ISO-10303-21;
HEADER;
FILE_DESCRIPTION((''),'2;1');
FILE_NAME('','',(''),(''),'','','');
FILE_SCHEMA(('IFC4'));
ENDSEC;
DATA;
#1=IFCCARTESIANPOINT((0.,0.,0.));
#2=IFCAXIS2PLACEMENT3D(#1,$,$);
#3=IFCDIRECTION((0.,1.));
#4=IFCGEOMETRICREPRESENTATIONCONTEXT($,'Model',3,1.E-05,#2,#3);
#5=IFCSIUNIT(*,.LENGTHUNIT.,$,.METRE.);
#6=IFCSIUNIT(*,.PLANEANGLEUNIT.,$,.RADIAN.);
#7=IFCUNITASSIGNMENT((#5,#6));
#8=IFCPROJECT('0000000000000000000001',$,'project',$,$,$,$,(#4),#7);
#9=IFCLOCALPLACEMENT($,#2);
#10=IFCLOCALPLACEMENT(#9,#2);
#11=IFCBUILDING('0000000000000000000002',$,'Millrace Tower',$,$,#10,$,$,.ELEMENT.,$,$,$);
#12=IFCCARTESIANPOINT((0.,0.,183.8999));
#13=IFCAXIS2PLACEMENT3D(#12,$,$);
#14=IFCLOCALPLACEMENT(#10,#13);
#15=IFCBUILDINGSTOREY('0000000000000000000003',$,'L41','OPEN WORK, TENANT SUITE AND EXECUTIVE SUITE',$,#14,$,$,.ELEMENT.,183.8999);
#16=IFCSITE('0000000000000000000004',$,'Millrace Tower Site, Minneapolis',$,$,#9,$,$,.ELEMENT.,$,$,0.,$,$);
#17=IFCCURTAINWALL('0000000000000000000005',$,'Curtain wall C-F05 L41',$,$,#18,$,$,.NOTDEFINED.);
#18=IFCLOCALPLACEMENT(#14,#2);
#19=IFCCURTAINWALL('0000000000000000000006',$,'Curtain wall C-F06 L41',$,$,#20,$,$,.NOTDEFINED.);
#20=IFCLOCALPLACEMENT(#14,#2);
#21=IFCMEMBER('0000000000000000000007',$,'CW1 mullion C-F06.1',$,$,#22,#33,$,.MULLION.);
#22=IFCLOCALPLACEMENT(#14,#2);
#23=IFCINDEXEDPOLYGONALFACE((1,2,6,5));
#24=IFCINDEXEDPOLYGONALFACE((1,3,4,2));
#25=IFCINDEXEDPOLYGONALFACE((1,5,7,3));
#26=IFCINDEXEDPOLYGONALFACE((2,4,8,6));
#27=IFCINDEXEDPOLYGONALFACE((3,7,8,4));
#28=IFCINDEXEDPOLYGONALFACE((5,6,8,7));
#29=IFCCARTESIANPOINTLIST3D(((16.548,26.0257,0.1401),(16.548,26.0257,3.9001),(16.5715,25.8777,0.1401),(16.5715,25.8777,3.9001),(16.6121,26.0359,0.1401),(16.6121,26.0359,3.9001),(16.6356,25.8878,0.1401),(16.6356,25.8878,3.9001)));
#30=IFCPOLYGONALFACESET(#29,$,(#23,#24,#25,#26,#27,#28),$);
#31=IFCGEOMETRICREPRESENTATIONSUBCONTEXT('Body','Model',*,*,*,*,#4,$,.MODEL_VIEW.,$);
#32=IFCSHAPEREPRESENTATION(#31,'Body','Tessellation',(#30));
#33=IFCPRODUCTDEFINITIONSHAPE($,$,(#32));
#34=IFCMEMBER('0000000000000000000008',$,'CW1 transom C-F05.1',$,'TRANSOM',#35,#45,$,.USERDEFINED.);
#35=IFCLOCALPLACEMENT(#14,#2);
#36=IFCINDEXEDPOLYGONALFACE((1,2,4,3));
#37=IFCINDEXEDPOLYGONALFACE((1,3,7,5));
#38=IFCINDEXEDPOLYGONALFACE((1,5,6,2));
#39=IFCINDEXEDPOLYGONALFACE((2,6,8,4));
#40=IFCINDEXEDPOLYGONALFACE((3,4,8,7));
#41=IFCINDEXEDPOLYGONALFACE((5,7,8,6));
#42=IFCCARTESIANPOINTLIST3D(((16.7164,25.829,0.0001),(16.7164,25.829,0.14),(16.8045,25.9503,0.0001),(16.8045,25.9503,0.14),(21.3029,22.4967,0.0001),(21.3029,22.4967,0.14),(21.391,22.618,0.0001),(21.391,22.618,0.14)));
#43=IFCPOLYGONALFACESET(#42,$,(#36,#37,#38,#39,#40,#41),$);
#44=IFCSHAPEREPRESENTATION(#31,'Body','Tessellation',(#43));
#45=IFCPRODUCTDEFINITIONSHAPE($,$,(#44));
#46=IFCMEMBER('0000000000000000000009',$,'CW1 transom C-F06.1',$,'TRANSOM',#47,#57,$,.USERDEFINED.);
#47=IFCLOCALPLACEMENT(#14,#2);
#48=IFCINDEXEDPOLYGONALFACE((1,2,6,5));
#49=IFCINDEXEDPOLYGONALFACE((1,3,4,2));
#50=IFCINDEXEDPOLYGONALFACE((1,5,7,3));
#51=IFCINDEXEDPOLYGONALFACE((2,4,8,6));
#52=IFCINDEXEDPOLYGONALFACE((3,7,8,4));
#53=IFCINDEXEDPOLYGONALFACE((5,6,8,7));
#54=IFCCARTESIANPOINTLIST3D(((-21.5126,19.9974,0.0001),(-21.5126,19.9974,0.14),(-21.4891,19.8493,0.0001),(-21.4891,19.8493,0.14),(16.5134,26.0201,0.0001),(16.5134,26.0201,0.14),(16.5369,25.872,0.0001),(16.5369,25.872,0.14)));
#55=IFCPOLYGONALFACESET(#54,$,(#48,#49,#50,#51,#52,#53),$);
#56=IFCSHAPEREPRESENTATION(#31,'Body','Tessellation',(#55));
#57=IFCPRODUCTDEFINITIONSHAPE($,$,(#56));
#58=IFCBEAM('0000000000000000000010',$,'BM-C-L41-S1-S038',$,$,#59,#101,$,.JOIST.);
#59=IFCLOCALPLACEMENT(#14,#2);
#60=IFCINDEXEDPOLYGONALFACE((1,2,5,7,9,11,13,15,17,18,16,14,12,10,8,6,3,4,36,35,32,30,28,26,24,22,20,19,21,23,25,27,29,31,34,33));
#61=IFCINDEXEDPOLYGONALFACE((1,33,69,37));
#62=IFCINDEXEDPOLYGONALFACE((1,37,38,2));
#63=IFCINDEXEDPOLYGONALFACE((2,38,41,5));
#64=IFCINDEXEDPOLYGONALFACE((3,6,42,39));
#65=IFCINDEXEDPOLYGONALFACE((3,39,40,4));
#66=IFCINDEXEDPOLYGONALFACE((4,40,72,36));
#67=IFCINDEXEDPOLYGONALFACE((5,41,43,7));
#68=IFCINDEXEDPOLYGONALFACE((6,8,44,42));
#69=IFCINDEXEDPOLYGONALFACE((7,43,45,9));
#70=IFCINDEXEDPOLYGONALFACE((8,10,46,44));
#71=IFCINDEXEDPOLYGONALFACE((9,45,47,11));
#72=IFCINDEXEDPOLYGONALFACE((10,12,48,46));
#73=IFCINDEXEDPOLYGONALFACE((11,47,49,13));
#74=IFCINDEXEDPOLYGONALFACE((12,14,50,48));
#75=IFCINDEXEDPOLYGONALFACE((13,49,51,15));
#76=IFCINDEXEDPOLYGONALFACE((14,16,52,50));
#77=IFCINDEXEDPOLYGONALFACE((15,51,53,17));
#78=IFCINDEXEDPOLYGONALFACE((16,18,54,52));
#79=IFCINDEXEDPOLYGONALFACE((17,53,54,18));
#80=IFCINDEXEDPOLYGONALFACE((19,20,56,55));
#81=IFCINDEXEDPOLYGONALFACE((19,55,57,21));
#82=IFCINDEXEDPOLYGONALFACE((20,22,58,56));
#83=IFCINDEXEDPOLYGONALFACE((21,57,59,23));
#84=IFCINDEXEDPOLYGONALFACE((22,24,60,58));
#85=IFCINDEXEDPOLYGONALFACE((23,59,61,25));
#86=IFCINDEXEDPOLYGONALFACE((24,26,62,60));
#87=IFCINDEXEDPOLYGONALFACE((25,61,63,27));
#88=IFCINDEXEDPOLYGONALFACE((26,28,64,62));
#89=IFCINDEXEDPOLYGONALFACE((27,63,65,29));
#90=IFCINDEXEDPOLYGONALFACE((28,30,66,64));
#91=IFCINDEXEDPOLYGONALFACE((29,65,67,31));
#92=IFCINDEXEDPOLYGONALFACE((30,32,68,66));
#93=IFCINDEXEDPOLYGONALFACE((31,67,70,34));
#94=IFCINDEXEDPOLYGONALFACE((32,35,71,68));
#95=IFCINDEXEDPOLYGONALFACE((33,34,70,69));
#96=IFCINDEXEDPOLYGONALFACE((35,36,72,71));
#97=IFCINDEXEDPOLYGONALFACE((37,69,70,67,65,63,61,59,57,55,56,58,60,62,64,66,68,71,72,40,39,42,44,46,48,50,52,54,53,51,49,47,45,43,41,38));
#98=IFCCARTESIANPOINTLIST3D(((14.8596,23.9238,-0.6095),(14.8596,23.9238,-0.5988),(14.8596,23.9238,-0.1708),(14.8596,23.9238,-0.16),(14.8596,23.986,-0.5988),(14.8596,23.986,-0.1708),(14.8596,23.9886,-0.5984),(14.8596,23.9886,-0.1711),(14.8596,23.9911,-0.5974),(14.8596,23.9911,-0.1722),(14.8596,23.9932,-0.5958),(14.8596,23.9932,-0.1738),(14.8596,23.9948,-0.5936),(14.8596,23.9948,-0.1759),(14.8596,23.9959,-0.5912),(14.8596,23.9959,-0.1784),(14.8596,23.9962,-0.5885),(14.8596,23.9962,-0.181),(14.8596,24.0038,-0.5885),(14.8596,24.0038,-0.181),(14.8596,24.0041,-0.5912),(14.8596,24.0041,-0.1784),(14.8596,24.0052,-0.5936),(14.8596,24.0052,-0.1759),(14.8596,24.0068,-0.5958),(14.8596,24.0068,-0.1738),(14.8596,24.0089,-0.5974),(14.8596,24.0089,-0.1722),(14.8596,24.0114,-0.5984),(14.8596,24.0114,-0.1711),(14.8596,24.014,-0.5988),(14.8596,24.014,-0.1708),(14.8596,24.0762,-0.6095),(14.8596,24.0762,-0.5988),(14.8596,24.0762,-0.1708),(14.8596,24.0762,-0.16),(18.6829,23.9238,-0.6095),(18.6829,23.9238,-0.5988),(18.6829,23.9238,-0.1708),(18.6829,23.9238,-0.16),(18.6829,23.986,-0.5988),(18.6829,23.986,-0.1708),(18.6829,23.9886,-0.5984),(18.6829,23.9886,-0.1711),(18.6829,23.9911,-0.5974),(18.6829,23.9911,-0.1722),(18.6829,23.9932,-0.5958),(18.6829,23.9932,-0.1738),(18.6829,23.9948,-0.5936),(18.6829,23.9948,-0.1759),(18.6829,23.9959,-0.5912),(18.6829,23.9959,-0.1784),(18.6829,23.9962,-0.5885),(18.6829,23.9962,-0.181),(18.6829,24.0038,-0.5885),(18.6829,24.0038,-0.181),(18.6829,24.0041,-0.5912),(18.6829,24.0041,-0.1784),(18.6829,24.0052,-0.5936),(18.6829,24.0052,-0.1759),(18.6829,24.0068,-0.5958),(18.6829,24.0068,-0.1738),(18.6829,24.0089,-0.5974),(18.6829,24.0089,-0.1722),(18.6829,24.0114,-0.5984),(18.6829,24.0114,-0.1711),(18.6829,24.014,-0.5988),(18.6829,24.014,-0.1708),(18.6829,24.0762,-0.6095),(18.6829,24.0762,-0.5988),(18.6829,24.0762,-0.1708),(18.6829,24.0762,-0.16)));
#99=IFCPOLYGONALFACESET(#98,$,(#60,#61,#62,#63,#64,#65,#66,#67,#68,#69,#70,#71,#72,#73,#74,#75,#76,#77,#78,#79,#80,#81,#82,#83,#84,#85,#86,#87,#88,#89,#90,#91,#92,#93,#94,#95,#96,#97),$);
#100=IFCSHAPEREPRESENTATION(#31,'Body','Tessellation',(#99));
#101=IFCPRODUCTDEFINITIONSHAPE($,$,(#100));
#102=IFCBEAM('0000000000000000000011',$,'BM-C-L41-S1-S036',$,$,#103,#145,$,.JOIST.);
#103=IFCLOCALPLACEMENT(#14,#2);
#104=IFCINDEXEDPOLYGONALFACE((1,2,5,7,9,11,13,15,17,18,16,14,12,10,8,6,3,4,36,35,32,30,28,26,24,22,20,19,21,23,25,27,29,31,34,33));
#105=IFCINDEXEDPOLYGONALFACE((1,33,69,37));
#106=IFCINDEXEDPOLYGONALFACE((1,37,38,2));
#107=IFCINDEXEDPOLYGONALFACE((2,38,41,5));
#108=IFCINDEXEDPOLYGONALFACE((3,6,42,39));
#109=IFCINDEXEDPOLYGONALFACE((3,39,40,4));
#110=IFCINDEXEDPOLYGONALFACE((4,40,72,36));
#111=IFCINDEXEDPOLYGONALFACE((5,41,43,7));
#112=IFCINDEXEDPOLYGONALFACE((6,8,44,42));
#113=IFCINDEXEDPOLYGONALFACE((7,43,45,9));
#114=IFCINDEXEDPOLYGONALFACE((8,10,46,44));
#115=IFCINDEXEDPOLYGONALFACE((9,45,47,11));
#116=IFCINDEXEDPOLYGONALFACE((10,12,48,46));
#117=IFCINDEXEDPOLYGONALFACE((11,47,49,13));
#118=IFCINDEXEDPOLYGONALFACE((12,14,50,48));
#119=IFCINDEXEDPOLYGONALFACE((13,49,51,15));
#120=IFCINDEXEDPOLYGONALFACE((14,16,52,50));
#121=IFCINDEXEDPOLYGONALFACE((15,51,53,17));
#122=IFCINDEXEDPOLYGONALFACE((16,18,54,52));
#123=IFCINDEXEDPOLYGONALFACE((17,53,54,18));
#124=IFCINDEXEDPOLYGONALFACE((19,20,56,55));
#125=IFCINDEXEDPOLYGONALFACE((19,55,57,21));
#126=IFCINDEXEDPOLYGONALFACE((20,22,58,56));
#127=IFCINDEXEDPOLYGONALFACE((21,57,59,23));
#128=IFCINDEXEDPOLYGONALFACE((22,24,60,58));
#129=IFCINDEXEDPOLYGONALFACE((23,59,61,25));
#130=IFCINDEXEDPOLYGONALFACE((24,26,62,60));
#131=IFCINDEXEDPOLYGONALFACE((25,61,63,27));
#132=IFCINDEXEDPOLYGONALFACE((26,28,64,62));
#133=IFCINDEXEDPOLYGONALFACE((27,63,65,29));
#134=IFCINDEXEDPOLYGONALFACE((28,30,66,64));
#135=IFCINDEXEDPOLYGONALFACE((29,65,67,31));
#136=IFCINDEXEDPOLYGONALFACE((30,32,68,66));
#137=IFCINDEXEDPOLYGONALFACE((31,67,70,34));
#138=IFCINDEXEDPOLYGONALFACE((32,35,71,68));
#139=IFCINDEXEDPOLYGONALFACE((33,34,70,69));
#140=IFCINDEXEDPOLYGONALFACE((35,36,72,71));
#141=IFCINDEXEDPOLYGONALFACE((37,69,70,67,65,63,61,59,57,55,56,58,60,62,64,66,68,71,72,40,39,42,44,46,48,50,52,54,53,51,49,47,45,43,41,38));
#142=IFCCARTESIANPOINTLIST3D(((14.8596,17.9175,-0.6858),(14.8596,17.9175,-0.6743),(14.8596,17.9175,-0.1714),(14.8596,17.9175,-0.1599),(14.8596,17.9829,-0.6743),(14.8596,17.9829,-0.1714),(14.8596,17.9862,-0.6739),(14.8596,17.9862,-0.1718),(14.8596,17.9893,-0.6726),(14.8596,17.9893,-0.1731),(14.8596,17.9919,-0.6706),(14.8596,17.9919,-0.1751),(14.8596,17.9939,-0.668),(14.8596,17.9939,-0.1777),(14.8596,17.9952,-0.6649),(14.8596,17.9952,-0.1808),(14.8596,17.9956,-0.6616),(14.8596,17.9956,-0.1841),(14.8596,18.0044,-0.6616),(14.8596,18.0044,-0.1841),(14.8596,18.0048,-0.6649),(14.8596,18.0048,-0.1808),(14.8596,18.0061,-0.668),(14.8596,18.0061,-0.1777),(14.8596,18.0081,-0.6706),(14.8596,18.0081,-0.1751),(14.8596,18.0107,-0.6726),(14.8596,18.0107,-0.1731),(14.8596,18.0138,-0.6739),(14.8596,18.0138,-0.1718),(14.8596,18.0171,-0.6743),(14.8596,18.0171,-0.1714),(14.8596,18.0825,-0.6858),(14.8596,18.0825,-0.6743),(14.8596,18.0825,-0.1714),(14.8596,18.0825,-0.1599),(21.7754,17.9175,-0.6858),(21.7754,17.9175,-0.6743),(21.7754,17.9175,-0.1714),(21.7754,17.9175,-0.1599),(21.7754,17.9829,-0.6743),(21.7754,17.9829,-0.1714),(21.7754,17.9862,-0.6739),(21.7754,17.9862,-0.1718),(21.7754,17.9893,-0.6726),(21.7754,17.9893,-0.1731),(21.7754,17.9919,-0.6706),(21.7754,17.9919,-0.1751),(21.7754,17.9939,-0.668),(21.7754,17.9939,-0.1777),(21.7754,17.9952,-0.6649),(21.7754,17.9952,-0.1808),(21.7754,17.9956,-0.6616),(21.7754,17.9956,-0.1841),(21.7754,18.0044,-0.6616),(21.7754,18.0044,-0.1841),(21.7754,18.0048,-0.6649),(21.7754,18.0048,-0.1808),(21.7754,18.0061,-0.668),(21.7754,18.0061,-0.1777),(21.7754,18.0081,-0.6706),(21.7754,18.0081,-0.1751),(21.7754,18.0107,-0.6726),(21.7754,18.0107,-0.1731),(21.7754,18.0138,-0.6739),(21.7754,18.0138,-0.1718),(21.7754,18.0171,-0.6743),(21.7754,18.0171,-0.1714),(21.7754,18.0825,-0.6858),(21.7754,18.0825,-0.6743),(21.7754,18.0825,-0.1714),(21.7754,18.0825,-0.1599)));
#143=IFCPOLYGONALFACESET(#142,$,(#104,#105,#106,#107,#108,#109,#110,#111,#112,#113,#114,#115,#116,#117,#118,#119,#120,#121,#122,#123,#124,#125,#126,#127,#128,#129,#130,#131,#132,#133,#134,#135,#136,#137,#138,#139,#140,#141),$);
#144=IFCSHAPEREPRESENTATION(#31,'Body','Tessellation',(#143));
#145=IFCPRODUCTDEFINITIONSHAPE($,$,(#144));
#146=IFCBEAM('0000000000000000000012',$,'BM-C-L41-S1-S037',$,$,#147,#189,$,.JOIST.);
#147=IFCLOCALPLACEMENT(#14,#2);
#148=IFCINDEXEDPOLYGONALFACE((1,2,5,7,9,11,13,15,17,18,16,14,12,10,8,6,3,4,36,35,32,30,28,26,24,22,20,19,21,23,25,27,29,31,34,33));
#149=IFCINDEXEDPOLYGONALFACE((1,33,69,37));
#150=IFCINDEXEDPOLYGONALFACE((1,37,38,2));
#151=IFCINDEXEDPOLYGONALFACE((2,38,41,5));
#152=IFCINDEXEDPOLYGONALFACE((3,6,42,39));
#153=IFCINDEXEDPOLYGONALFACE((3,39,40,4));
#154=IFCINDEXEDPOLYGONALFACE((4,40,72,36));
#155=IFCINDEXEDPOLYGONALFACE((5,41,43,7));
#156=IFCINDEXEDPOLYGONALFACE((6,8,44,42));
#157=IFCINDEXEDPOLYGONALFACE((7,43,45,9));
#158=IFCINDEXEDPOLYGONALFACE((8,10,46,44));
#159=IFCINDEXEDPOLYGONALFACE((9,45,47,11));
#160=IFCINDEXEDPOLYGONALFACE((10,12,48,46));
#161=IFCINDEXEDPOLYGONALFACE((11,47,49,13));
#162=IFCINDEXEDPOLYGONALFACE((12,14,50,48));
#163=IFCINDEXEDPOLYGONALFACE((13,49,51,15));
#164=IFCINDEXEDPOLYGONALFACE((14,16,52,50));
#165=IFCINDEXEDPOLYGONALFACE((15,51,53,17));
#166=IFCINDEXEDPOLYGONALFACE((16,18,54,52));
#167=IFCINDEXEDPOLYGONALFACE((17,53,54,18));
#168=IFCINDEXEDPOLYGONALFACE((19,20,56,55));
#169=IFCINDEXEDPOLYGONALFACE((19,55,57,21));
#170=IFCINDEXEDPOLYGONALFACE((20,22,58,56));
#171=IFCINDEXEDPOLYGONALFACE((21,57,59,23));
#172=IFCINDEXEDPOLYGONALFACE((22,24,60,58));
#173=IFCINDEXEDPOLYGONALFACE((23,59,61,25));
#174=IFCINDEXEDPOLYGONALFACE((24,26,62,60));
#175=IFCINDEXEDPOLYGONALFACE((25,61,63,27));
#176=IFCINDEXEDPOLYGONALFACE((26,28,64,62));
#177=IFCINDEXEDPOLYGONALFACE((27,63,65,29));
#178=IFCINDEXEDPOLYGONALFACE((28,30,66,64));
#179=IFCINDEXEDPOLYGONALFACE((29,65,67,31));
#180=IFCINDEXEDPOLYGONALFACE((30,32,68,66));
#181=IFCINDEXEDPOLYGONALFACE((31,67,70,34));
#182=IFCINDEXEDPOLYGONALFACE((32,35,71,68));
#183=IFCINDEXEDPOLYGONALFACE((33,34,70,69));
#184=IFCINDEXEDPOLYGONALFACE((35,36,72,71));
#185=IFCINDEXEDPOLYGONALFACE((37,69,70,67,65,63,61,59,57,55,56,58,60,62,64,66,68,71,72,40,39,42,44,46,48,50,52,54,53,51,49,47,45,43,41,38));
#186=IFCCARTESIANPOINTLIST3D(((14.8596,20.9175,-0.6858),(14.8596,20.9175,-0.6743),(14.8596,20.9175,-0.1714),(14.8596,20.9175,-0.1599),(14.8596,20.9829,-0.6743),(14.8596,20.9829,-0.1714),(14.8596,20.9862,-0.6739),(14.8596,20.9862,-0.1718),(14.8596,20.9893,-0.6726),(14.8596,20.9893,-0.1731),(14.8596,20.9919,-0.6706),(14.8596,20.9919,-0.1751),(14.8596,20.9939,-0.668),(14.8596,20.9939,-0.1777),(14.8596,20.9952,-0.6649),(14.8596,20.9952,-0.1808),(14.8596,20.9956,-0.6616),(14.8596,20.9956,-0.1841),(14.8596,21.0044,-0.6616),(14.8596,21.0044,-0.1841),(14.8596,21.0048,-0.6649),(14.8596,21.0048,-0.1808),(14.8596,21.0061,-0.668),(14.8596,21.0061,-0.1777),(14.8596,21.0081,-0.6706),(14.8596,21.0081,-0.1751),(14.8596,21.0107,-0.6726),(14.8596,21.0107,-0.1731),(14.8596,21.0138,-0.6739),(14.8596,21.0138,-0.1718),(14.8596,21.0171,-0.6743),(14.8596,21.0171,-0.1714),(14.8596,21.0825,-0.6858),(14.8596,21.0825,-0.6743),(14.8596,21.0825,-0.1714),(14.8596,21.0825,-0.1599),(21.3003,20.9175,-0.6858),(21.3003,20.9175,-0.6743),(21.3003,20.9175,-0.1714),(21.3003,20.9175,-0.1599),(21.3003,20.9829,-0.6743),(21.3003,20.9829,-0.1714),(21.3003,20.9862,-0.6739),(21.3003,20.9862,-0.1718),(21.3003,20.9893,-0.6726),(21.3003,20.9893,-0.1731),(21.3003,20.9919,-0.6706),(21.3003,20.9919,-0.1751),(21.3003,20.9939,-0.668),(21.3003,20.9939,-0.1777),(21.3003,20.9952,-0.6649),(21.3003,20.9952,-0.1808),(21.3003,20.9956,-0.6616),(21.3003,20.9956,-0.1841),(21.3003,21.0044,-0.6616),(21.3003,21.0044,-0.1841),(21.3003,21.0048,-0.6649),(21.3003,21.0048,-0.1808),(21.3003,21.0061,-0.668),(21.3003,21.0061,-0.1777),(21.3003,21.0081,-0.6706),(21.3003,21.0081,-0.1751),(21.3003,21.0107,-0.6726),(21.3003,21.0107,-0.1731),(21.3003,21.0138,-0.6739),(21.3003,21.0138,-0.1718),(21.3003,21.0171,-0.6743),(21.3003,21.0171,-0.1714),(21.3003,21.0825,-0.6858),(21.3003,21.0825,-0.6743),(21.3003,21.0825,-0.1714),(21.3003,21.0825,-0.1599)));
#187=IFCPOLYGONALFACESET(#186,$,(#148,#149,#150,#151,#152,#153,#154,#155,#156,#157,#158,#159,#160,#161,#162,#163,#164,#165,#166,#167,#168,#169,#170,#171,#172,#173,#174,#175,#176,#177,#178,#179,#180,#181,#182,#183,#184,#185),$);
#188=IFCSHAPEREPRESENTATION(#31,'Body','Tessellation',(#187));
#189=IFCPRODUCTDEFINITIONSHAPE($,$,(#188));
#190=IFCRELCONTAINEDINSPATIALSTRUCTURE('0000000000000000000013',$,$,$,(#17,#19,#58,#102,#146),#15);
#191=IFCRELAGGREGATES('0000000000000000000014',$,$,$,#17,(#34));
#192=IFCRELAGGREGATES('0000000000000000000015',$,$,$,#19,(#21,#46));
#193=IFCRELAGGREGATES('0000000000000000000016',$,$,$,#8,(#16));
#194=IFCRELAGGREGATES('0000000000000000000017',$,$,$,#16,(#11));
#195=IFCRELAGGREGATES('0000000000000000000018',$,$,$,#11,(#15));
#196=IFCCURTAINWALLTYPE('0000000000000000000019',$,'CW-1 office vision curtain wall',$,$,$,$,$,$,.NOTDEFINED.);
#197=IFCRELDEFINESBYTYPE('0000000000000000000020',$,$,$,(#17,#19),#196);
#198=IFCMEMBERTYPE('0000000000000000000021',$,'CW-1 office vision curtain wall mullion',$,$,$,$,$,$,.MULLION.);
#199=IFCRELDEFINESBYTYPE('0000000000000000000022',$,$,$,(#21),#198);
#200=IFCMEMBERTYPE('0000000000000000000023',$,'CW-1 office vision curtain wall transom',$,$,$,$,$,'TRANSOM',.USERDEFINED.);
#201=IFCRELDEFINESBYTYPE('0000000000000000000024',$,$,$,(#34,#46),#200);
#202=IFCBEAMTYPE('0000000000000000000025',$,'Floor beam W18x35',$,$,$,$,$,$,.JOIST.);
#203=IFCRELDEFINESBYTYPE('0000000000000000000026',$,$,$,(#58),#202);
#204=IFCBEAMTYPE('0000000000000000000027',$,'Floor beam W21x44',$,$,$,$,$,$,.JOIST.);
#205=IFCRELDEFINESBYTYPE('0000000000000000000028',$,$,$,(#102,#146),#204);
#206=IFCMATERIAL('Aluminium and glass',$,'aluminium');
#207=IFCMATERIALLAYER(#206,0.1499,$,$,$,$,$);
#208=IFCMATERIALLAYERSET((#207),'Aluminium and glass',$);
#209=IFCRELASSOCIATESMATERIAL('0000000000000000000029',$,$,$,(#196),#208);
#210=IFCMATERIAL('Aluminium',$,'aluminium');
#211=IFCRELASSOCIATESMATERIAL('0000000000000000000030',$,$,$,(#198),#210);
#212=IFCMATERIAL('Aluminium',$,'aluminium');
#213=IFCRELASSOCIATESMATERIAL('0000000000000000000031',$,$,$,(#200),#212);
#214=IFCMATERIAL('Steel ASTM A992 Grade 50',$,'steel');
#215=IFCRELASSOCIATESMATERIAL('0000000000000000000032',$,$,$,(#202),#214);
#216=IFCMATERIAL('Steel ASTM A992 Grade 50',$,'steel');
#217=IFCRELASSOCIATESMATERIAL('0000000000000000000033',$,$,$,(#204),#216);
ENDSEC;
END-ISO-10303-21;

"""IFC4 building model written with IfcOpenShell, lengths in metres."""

from ifc_helpers import new_model, si_unit, direction, frame, origin, origin_2d, place, context, subcontext, project, spatial, rectangle, i_section, extrude, material, layer, layer_set, material_profile, profile_set, type_object, element, aggregate, save


model = new_model("IFC4")

# Units and contexts
model_context = context("Model", 3, precision=1e-05, world=origin(), true_north=direction((0.0, 1.0)))
body_context = subcontext(model_context, "Body", "Model", "MODEL_VIEW")
ifc_project = project(units=[si_unit("LENGTHUNIT", "METRE"), si_unit("PLANEANGLEUNIT", "RADIAN")], contexts=[model_context])

# Site, building, storey
site_placement = place(None, origin())
site = spatial("IfcSite", under=ifc_project, at=site_placement, Name="Millrace Tower Site, Minneapolis", CompositionType="ELEMENT", RefElevation=0.0)
building_placement = place(site_placement, origin())
building = spatial("IfcBuilding", under=site, at=building_placement, Name="Millrace Tower", CompositionType="ELEMENT")
storey_placement = place(building_placement, frame((0.0, 0.0, 183.8999)))
storey = spatial("IfcBuildingStorey", under=building, at=storey_placement, Name="L41", Description="OPEN WORK, TENANT SUITE AND EXECUTIVE SUITE", CompositionType="ELEMENT", Elevation=183.8999)

# Shared definitions
ifc_material_1 = material(Name="Aluminium and glass", Category="aluminium")
ifc_layer_1 = layer(ifc_material_1, 0.1499)
ifc_layer_set_1 = layer_set([ifc_layer_1], Name="Aluminium and glass")
curtain_wall_type = type_object("IfcCurtainWallType", Name="CW-1 office vision curtain wall", PredefinedType="NOTDEFINED", material=ifc_layer_set_1)
placement = place(storey_placement, origin())
ifc_material_2 = material(Name="Aluminium", Category="aluminium")
ifc_material_profile_1 = material_profile(ifc_material_2, rectangle(XDim=0.0649, YDim=0.1499, at=origin_2d()))
ifc_profile_set_1 = profile_set([ifc_material_profile_1], Name="Aluminium")
member_type_1 = type_object("IfcMemberType", Name="CW-1 office vision curtain wall mullion", PredefinedType="MULLION", material=ifc_profile_set_1)

# Curtain walls, member
curtain_wall_1 = element("IfcCurtainWall", 1, at=placement, inside=storey, type_object=curtain_wall_type, Name="Curtain wall C-F05 L41", PredefinedType="NOTDEFINED")
curtain_wall_2 = element("IfcCurtainWall", 2, at=placement, inside=storey, type_object=curtain_wall_type, Name="Curtain wall C-F06 L41", PredefinedType="NOTDEFINED")
member_1_placement = place(storey_placement, frame((16.5918, 25.9568, 0.1401), z_axis=(0.0, 0.0, 1.0), x_axis=(-0.987688, -0.156434, 0.0)))
member_1 = element("IfcMember", 3, at=member_1_placement, type_object=member_type_1, Name="CW1 mullion C-F06.1", PredefinedType="MULLION", context=body_context, shape_type="SweptSolid", body=[
    extrude(rectangle(XDim=0.0649, YDim=0.1499, at=origin_2d()), origin(), (0.0, 0.0, 1.0), 3.76),
])

# Members
ifc_material_3 = material(Name="Aluminium", Category="aluminium")
ifc_material_profile_2 = material_profile(ifc_material_3, rectangle(XDim=0.1499, YDim=0.1399, at=origin_2d()))
ifc_profile_set_2 = profile_set([ifc_material_profile_2], Name="Aluminium")
member_type_2 = type_object("IfcMemberType", Name="CW-1 office vision curtain wall transom", ElementType="TRANSOM", PredefinedType="USERDEFINED", material=ifc_profile_set_2)
member_2_placement = place(storey_placement, frame((21.3469, 22.5574, 0.0701), z_axis=(-0.809013, 0.58779, 0.0), x_axis=(-0.58779, -0.809013, 0.0)))
member_2 = element("IfcMember", 4, at=member_2_placement, type_object=member_type_2, Name="CW1 transom C-F05.1", ObjectType="TRANSOM", PredefinedType="USERDEFINED", context=body_context, shape_type="SweptSolid", body=[
    extrude(rectangle(XDim=0.1499, YDim=0.1399, at=origin_2d()), origin(), (0.0, 0.0, 1.0), 5.6692),
])
aggregate(curtain_wall_1, [member_2])
member_3_placement = place(storey_placement, frame((16.5251, 25.946, 0.0701), z_axis=(-0.987689, -0.156433, 0.0), x_axis=(0.156433, -0.987689, 0.0)))
member_3 = element("IfcMember", 5, at=member_3_placement, type_object=member_type_2, Name="CW1 transom C-F06.1", ObjectType="TRANSOM", PredefinedType="USERDEFINED", context=body_context, shape_type="SweptSolid", body=[
    extrude(rectangle(XDim=0.1499, YDim=0.1399, at=origin_2d()), origin(), (0.0, 0.0, 1.0), 38.5),
])
aggregate(curtain_wall_2, [member_1, member_3])

# Beams
ifc_material_4 = material(Name="Steel ASTM A992 Grade 50", Category="steel")
ifc_material_profile_3 = material_profile(ifc_material_4, i_section(OverallWidth=0.1523, OverallDepth=0.4495, WebThickness=0.0076, FlangeThickness=0.0107, FilletRadius=0.0103, at=origin_2d()))
ifc_profile_set_3 = profile_set([ifc_material_profile_3], Name="Steel ASTM A992 Grade 50")
beam_type_1 = type_object("IfcBeamType", Name="Floor beam W18x35", PredefinedType="JOIST", material=ifc_profile_set_3)
beam_1_placement = place(storey_placement, frame((14.8596, 24.0, -0.3848), z_axis=(1.0, 0.0, 0.0), x_axis=(0.0, 1.0, 0.0)))
element("IfcBeam", 6, at=beam_1_placement, inside=storey, type_object=beam_type_1, Name="BM-C-L41-S1-S038", PredefinedType="JOIST", context=body_context, shape_type="SweptSolid", body=[
    extrude(i_section(OverallWidth=0.1523, OverallDepth=0.4495, WebThickness=0.0076, FlangeThickness=0.0107, FilletRadius=0.0103, at=origin_2d()), origin(), (0.0, 0.0, 1.0), 3.8232),
])
ifc_material_5 = material(Name="Steel ASTM A992 Grade 50", Category="steel")
ifc_material_profile_4 = material_profile(ifc_material_5, i_section(OverallWidth=0.165, OverallDepth=0.5259, WebThickness=0.0088, FlangeThickness=0.0115, FilletRadius=0.0127, at=origin_2d()))
ifc_profile_set_4 = profile_set([ifc_material_profile_4], Name="Steel ASTM A992 Grade 50")
beam_type_2 = type_object("IfcBeamType", Name="Floor beam W21x44", PredefinedType="JOIST", material=ifc_profile_set_4)
beam_2_placement = place(storey_placement, frame((14.8596, 18.0, -0.4229), z_axis=(1.0, 0.0, 0.0), x_axis=(0.0, 1.0, 0.0)))
element("IfcBeam", 7, at=beam_2_placement, inside=storey, type_object=beam_type_2, Name="BM-C-L41-S1-S036", PredefinedType="JOIST", context=body_context, shape_type="SweptSolid", body=[
    extrude(i_section(OverallWidth=0.165, OverallDepth=0.5259, WebThickness=0.0088, FlangeThickness=0.0115, FilletRadius=0.0127, at=origin_2d()), origin(), (0.0, 0.0, 1.0), 6.9158),
])
beam_3_placement = place(storey_placement, frame((14.8596, 21.0, -0.4229), z_axis=(1.0, 0.0, 0.0), x_axis=(0.0, 1.0, 0.0)))
element("IfcBeam", 8, at=beam_3_placement, inside=storey, type_object=beam_type_2, Name="BM-C-L41-S1-S037", PredefinedType="JOIST", context=body_context, shape_type="SweptSolid", body=[
    extrude(i_section(OverallWidth=0.165, OverallDepth=0.5259, WebThickness=0.0088, FlangeThickness=0.0115, FilletRadius=0.0127, at=origin_2d()), origin(), (0.0, 0.0, 1.0), 6.4407),
])

save(model, "model.ifc")
